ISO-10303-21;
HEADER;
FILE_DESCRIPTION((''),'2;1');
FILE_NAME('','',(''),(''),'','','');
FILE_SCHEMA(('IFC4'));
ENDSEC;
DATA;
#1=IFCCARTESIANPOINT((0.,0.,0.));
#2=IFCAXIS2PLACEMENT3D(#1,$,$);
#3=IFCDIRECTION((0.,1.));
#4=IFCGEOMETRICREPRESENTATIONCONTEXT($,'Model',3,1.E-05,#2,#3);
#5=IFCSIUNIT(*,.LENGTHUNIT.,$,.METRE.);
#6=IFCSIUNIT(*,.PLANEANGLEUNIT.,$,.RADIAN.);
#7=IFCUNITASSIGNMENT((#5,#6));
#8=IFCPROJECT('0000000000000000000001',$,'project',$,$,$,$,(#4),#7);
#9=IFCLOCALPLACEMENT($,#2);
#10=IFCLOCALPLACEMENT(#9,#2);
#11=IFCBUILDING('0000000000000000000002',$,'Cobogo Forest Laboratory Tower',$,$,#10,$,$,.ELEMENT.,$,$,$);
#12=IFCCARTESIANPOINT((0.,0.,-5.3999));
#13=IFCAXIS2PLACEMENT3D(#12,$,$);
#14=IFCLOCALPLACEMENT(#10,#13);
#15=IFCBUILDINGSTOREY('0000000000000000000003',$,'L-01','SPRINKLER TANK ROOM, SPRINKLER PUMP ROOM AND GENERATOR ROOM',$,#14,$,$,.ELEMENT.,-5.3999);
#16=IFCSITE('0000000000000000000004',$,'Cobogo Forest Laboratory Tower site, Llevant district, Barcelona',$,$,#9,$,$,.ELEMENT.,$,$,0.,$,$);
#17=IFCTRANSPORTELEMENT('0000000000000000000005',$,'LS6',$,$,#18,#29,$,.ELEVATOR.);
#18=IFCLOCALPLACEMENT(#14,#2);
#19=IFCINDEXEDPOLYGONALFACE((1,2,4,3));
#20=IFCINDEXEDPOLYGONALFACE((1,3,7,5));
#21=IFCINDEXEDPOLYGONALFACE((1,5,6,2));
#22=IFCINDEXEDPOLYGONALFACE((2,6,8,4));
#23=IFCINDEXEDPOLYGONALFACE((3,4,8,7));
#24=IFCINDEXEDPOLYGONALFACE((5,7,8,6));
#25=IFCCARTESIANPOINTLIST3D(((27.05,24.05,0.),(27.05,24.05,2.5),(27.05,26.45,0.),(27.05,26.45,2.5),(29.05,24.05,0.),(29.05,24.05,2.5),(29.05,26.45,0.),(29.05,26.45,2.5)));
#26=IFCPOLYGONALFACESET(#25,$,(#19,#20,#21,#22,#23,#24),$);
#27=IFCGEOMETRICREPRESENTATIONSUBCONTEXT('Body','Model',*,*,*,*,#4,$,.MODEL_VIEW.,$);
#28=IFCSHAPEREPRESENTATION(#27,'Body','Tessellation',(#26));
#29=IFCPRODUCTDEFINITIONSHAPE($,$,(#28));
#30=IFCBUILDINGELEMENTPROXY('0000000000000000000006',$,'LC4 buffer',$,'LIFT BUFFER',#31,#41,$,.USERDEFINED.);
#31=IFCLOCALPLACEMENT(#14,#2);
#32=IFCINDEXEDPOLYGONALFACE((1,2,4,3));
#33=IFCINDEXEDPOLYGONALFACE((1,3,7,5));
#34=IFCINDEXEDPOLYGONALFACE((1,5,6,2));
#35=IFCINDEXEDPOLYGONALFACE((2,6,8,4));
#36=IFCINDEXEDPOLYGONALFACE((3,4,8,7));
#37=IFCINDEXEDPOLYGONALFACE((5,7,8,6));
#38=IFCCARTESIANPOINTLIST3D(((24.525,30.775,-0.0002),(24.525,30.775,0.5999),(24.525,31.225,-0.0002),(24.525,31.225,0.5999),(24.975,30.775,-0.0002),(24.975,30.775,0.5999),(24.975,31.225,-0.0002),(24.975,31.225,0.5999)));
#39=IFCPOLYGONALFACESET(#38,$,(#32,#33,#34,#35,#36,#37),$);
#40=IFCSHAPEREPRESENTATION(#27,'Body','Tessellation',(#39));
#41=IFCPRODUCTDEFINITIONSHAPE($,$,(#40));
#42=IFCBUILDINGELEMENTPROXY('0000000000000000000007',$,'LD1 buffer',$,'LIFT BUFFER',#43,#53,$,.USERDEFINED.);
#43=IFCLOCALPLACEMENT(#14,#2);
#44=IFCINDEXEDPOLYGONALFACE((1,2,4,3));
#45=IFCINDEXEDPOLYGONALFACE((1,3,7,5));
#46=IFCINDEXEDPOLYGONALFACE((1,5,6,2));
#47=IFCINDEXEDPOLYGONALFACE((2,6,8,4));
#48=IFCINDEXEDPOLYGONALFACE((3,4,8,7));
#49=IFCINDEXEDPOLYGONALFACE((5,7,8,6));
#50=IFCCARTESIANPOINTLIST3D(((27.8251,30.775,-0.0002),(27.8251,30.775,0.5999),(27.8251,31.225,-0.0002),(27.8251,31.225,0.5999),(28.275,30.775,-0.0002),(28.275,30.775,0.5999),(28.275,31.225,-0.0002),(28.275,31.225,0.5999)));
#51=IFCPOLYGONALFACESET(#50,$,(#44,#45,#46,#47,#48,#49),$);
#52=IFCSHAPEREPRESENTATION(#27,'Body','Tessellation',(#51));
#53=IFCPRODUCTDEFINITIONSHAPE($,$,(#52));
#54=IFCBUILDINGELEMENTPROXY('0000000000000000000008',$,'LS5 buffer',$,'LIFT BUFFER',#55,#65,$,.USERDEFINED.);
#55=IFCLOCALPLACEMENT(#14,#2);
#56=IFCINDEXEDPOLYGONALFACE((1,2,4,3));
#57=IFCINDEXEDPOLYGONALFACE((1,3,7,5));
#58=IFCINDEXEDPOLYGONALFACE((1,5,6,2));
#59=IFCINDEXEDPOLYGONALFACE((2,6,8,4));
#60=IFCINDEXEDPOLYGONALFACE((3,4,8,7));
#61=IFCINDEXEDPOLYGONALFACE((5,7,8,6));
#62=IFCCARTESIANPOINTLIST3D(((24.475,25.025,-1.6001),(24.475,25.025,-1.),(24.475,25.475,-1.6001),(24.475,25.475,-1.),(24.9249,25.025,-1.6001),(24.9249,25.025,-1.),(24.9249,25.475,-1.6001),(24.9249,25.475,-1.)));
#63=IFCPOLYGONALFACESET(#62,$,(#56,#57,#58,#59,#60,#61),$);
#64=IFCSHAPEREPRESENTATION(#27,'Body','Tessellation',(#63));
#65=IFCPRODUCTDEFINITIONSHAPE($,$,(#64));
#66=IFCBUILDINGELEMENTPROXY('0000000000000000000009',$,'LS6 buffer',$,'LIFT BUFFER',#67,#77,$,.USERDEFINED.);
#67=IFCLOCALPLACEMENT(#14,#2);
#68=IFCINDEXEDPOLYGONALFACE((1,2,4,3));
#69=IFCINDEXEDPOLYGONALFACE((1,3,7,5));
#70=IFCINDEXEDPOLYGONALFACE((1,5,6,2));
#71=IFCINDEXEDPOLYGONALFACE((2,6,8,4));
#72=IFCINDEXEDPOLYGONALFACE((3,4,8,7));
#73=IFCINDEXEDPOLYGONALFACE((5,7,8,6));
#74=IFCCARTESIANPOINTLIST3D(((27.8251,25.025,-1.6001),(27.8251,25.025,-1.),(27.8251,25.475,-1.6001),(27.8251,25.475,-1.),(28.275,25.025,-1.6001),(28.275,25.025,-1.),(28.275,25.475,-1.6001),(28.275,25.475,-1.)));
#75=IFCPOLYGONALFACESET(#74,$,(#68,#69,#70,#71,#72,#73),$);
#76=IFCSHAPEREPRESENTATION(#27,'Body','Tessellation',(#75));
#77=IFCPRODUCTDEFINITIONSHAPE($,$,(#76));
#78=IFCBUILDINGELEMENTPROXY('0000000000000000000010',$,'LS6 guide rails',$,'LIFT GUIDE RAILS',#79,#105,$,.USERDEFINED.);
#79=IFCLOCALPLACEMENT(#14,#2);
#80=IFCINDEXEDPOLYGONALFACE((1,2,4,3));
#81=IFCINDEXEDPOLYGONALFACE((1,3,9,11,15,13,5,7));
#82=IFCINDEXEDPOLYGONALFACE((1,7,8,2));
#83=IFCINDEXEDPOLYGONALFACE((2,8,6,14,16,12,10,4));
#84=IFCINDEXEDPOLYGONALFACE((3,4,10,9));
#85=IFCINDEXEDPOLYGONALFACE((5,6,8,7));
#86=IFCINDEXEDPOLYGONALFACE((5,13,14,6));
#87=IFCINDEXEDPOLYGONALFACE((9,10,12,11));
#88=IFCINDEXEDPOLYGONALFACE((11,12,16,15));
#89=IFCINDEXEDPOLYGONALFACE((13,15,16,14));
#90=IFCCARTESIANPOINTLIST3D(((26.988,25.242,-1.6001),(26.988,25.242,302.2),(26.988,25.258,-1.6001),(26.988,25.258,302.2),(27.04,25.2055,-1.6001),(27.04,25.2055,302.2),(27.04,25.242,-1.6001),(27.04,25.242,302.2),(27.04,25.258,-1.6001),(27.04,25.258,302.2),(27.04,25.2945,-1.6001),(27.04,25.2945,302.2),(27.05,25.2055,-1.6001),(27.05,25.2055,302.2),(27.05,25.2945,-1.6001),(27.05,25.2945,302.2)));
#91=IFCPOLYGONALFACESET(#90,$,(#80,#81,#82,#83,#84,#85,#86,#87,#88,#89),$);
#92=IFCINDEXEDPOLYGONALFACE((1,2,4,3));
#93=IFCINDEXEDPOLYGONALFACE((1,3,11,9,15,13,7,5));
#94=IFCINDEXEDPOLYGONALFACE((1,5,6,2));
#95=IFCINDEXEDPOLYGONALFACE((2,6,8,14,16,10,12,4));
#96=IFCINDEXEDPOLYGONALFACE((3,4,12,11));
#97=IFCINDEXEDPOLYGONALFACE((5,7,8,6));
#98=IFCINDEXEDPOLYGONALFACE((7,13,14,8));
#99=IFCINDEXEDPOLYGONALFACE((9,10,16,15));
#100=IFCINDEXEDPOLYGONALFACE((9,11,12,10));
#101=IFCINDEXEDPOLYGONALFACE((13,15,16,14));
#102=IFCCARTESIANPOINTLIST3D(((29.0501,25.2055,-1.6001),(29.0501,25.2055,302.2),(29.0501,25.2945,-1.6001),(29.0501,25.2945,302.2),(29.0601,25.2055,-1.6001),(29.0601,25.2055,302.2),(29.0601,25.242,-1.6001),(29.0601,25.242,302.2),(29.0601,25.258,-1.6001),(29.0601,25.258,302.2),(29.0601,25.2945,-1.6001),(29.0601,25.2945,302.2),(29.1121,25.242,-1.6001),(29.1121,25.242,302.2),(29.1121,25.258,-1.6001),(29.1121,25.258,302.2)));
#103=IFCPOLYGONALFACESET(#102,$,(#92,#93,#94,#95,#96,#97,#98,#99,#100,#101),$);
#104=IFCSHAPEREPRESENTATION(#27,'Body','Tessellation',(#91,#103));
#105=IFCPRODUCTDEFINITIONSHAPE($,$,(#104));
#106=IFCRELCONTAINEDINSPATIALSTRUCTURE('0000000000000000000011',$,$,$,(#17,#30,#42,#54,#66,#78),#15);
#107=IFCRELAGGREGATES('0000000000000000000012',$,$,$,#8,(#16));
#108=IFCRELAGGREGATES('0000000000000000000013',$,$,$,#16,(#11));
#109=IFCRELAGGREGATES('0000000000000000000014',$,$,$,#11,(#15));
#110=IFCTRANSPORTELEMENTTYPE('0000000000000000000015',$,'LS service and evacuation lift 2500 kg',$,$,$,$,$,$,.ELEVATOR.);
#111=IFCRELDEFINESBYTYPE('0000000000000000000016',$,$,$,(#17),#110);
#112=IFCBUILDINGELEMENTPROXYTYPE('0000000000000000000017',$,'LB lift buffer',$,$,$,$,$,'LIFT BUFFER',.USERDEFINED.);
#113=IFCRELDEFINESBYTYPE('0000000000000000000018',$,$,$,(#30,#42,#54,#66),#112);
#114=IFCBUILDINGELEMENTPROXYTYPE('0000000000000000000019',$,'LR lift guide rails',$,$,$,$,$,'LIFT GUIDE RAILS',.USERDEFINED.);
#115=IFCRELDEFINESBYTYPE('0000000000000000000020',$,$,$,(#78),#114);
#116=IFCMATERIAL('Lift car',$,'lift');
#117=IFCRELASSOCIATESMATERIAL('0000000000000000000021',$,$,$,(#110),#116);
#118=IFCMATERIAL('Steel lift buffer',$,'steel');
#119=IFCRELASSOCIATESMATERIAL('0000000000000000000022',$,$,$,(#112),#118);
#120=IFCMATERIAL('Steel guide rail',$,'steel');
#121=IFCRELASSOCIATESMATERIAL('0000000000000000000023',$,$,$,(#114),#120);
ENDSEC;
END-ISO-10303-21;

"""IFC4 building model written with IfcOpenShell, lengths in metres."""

from ifc_helpers import new_model, si_unit, direction, frame, origin, origin_2d, place, context, subcontext, project, spatial, rectangle, t_section, extrude, material, type_object, element, save


model = new_model("IFC4")

# Units and contexts
model_context = context("Model", 3, precision=1e-05, world=origin(), true_north=direction((0.0, 1.0)))
body_context = subcontext(model_context, "Body", "Model", "MODEL_VIEW")
ifc_project = project(units=[si_unit("LENGTHUNIT", "METRE"), si_unit("PLANEANGLEUNIT", "RADIAN")], contexts=[model_context])

# Site, building, storey
site_placement = place(None, origin())
site = spatial("IfcSite", under=ifc_project, at=site_placement, Name="Cobogo Forest Laboratory Tower site, Llevant district, Barcelona", CompositionType="ELEMENT", RefElevation=0.0)
building_placement = place(site_placement, origin())
building = spatial("IfcBuilding", under=site, at=building_placement, Name="Cobogo Forest Laboratory Tower", CompositionType="ELEMENT")
storey_placement = place(building_placement, frame((0.0, 0.0, -5.3999)))
storey = spatial("IfcBuildingStorey", under=building, at=storey_placement, Name="L-01", Description="SPRINKLER TANK ROOM, SPRINKLER PUMP ROOM AND GENERATOR ROOM", CompositionType="ELEMENT", Elevation=-5.3999)

# Transport element
ifc_material_1 = material(Name="Lift car", Category="lift")
transport_element_type = type_object("IfcTransportElementType", Name="LS service and evacuation lift 2500 kg", PredefinedType="ELEVATOR", material=ifc_material_1)
transport_element_placement = place(storey_placement, frame((28.05, 25.25, 0.0), z_axis=(0.0, 0.0, 1.0), x_axis=(1.0, 0.0, 0.0)))
element("IfcTransportElement", 1, at=transport_element_placement, inside=storey, type_object=transport_element_type, Name="LS6", PredefinedType="ELEVATOR", context=body_context, shape_type="SweptSolid", body=[
    extrude(rectangle(XDim=2.0, YDim=2.3999, at=origin_2d()), origin(), (0.0, 0.0, 1.0), 2.5),
])

# Building element proxies
ifc_material_2 = material(Name="Steel lift buffer", Category="steel")
building_element_proxy_type_1 = type_object("IfcBuildingElementProxyType", Name="LB lift buffer", ElementType="LIFT BUFFER", PredefinedType="USERDEFINED", material=ifc_material_2)
for number, where, z_axis, x_axis, name in (
    (2, (24.75, 31.0, -0.0002), (0.0, 0.0, 1.0), (1.0, 0.0, 0.0), "LC4 buffer"),
    (3, (28.05, 31.0, -0.0002), (0.0, 0.0, 1.0), (1.0, 0.0, 0.0), "LD1 buffer"),
    (4, (24.7, 25.25, -1.6001), (0.0, 0.0, 1.0), (1.0, 0.0, 0.0), "LS5 buffer"),
    (5, (28.05, 25.25, -1.6001), (0.0, 0.0, 1.0), (1.0, 0.0, 0.0), "LS6 buffer"),
):
    element("IfcBuildingElementProxy", number, at=place(storey_placement, frame(where, z_axis=z_axis, x_axis=x_axis)), inside=storey, type_object=building_element_proxy_type_1, Name=name, ObjectType="LIFT BUFFER", PredefinedType="USERDEFINED", context=body_context, shape_type="SweptSolid", body=[
        extrude(rectangle(XDim=0.45, YDim=0.45, at=origin_2d()), origin(), (0.0, 0.0, 1.0), 0.6001),
    ])
ifc_material_3 = material(Name="Steel guide rail", Category="steel")
building_element_proxy_type_2 = type_object("IfcBuildingElementProxyType", Name="LR lift guide rails", ElementType="LIFT GUIDE RAILS", PredefinedType="USERDEFINED", material=ifc_material_3)
proxy_placement = place(storey_placement, frame((28.05, 25.25, 0.0)))
element("IfcBuildingElementProxy", 6, at=proxy_placement, inside=storey, type_object=building_element_proxy_type_2, Name="LS6 guide rails", ObjectType="LIFT GUIDE RAILS", PredefinedType="USERDEFINED", context=body_context, shape_type="SweptSolid", body=[
    extrude(t_section(Depth=0.062, FlangeWidth=0.089, WebThickness=0.0159, FlangeThickness=0.01, at=origin_2d()), frame((-1.031, 0.0, -1.6001), z_axis=(0.0, 0.0, 1.0), x_axis=(0.0, -1.0, 0.0)), (0.0, 0.0, 1.0), 303.8),
    extrude(t_section(Depth=0.062, FlangeWidth=0.089, WebThickness=0.0159, FlangeThickness=0.01, at=origin_2d()), frame((1.031, 0.0, -1.6001), z_axis=(0.0, 0.0, 1.0), x_axis=(0.0, 1.0, 0.0)), (0.0, 0.0, 1.0), 303.8),
])

save(model, "model.ifc")
